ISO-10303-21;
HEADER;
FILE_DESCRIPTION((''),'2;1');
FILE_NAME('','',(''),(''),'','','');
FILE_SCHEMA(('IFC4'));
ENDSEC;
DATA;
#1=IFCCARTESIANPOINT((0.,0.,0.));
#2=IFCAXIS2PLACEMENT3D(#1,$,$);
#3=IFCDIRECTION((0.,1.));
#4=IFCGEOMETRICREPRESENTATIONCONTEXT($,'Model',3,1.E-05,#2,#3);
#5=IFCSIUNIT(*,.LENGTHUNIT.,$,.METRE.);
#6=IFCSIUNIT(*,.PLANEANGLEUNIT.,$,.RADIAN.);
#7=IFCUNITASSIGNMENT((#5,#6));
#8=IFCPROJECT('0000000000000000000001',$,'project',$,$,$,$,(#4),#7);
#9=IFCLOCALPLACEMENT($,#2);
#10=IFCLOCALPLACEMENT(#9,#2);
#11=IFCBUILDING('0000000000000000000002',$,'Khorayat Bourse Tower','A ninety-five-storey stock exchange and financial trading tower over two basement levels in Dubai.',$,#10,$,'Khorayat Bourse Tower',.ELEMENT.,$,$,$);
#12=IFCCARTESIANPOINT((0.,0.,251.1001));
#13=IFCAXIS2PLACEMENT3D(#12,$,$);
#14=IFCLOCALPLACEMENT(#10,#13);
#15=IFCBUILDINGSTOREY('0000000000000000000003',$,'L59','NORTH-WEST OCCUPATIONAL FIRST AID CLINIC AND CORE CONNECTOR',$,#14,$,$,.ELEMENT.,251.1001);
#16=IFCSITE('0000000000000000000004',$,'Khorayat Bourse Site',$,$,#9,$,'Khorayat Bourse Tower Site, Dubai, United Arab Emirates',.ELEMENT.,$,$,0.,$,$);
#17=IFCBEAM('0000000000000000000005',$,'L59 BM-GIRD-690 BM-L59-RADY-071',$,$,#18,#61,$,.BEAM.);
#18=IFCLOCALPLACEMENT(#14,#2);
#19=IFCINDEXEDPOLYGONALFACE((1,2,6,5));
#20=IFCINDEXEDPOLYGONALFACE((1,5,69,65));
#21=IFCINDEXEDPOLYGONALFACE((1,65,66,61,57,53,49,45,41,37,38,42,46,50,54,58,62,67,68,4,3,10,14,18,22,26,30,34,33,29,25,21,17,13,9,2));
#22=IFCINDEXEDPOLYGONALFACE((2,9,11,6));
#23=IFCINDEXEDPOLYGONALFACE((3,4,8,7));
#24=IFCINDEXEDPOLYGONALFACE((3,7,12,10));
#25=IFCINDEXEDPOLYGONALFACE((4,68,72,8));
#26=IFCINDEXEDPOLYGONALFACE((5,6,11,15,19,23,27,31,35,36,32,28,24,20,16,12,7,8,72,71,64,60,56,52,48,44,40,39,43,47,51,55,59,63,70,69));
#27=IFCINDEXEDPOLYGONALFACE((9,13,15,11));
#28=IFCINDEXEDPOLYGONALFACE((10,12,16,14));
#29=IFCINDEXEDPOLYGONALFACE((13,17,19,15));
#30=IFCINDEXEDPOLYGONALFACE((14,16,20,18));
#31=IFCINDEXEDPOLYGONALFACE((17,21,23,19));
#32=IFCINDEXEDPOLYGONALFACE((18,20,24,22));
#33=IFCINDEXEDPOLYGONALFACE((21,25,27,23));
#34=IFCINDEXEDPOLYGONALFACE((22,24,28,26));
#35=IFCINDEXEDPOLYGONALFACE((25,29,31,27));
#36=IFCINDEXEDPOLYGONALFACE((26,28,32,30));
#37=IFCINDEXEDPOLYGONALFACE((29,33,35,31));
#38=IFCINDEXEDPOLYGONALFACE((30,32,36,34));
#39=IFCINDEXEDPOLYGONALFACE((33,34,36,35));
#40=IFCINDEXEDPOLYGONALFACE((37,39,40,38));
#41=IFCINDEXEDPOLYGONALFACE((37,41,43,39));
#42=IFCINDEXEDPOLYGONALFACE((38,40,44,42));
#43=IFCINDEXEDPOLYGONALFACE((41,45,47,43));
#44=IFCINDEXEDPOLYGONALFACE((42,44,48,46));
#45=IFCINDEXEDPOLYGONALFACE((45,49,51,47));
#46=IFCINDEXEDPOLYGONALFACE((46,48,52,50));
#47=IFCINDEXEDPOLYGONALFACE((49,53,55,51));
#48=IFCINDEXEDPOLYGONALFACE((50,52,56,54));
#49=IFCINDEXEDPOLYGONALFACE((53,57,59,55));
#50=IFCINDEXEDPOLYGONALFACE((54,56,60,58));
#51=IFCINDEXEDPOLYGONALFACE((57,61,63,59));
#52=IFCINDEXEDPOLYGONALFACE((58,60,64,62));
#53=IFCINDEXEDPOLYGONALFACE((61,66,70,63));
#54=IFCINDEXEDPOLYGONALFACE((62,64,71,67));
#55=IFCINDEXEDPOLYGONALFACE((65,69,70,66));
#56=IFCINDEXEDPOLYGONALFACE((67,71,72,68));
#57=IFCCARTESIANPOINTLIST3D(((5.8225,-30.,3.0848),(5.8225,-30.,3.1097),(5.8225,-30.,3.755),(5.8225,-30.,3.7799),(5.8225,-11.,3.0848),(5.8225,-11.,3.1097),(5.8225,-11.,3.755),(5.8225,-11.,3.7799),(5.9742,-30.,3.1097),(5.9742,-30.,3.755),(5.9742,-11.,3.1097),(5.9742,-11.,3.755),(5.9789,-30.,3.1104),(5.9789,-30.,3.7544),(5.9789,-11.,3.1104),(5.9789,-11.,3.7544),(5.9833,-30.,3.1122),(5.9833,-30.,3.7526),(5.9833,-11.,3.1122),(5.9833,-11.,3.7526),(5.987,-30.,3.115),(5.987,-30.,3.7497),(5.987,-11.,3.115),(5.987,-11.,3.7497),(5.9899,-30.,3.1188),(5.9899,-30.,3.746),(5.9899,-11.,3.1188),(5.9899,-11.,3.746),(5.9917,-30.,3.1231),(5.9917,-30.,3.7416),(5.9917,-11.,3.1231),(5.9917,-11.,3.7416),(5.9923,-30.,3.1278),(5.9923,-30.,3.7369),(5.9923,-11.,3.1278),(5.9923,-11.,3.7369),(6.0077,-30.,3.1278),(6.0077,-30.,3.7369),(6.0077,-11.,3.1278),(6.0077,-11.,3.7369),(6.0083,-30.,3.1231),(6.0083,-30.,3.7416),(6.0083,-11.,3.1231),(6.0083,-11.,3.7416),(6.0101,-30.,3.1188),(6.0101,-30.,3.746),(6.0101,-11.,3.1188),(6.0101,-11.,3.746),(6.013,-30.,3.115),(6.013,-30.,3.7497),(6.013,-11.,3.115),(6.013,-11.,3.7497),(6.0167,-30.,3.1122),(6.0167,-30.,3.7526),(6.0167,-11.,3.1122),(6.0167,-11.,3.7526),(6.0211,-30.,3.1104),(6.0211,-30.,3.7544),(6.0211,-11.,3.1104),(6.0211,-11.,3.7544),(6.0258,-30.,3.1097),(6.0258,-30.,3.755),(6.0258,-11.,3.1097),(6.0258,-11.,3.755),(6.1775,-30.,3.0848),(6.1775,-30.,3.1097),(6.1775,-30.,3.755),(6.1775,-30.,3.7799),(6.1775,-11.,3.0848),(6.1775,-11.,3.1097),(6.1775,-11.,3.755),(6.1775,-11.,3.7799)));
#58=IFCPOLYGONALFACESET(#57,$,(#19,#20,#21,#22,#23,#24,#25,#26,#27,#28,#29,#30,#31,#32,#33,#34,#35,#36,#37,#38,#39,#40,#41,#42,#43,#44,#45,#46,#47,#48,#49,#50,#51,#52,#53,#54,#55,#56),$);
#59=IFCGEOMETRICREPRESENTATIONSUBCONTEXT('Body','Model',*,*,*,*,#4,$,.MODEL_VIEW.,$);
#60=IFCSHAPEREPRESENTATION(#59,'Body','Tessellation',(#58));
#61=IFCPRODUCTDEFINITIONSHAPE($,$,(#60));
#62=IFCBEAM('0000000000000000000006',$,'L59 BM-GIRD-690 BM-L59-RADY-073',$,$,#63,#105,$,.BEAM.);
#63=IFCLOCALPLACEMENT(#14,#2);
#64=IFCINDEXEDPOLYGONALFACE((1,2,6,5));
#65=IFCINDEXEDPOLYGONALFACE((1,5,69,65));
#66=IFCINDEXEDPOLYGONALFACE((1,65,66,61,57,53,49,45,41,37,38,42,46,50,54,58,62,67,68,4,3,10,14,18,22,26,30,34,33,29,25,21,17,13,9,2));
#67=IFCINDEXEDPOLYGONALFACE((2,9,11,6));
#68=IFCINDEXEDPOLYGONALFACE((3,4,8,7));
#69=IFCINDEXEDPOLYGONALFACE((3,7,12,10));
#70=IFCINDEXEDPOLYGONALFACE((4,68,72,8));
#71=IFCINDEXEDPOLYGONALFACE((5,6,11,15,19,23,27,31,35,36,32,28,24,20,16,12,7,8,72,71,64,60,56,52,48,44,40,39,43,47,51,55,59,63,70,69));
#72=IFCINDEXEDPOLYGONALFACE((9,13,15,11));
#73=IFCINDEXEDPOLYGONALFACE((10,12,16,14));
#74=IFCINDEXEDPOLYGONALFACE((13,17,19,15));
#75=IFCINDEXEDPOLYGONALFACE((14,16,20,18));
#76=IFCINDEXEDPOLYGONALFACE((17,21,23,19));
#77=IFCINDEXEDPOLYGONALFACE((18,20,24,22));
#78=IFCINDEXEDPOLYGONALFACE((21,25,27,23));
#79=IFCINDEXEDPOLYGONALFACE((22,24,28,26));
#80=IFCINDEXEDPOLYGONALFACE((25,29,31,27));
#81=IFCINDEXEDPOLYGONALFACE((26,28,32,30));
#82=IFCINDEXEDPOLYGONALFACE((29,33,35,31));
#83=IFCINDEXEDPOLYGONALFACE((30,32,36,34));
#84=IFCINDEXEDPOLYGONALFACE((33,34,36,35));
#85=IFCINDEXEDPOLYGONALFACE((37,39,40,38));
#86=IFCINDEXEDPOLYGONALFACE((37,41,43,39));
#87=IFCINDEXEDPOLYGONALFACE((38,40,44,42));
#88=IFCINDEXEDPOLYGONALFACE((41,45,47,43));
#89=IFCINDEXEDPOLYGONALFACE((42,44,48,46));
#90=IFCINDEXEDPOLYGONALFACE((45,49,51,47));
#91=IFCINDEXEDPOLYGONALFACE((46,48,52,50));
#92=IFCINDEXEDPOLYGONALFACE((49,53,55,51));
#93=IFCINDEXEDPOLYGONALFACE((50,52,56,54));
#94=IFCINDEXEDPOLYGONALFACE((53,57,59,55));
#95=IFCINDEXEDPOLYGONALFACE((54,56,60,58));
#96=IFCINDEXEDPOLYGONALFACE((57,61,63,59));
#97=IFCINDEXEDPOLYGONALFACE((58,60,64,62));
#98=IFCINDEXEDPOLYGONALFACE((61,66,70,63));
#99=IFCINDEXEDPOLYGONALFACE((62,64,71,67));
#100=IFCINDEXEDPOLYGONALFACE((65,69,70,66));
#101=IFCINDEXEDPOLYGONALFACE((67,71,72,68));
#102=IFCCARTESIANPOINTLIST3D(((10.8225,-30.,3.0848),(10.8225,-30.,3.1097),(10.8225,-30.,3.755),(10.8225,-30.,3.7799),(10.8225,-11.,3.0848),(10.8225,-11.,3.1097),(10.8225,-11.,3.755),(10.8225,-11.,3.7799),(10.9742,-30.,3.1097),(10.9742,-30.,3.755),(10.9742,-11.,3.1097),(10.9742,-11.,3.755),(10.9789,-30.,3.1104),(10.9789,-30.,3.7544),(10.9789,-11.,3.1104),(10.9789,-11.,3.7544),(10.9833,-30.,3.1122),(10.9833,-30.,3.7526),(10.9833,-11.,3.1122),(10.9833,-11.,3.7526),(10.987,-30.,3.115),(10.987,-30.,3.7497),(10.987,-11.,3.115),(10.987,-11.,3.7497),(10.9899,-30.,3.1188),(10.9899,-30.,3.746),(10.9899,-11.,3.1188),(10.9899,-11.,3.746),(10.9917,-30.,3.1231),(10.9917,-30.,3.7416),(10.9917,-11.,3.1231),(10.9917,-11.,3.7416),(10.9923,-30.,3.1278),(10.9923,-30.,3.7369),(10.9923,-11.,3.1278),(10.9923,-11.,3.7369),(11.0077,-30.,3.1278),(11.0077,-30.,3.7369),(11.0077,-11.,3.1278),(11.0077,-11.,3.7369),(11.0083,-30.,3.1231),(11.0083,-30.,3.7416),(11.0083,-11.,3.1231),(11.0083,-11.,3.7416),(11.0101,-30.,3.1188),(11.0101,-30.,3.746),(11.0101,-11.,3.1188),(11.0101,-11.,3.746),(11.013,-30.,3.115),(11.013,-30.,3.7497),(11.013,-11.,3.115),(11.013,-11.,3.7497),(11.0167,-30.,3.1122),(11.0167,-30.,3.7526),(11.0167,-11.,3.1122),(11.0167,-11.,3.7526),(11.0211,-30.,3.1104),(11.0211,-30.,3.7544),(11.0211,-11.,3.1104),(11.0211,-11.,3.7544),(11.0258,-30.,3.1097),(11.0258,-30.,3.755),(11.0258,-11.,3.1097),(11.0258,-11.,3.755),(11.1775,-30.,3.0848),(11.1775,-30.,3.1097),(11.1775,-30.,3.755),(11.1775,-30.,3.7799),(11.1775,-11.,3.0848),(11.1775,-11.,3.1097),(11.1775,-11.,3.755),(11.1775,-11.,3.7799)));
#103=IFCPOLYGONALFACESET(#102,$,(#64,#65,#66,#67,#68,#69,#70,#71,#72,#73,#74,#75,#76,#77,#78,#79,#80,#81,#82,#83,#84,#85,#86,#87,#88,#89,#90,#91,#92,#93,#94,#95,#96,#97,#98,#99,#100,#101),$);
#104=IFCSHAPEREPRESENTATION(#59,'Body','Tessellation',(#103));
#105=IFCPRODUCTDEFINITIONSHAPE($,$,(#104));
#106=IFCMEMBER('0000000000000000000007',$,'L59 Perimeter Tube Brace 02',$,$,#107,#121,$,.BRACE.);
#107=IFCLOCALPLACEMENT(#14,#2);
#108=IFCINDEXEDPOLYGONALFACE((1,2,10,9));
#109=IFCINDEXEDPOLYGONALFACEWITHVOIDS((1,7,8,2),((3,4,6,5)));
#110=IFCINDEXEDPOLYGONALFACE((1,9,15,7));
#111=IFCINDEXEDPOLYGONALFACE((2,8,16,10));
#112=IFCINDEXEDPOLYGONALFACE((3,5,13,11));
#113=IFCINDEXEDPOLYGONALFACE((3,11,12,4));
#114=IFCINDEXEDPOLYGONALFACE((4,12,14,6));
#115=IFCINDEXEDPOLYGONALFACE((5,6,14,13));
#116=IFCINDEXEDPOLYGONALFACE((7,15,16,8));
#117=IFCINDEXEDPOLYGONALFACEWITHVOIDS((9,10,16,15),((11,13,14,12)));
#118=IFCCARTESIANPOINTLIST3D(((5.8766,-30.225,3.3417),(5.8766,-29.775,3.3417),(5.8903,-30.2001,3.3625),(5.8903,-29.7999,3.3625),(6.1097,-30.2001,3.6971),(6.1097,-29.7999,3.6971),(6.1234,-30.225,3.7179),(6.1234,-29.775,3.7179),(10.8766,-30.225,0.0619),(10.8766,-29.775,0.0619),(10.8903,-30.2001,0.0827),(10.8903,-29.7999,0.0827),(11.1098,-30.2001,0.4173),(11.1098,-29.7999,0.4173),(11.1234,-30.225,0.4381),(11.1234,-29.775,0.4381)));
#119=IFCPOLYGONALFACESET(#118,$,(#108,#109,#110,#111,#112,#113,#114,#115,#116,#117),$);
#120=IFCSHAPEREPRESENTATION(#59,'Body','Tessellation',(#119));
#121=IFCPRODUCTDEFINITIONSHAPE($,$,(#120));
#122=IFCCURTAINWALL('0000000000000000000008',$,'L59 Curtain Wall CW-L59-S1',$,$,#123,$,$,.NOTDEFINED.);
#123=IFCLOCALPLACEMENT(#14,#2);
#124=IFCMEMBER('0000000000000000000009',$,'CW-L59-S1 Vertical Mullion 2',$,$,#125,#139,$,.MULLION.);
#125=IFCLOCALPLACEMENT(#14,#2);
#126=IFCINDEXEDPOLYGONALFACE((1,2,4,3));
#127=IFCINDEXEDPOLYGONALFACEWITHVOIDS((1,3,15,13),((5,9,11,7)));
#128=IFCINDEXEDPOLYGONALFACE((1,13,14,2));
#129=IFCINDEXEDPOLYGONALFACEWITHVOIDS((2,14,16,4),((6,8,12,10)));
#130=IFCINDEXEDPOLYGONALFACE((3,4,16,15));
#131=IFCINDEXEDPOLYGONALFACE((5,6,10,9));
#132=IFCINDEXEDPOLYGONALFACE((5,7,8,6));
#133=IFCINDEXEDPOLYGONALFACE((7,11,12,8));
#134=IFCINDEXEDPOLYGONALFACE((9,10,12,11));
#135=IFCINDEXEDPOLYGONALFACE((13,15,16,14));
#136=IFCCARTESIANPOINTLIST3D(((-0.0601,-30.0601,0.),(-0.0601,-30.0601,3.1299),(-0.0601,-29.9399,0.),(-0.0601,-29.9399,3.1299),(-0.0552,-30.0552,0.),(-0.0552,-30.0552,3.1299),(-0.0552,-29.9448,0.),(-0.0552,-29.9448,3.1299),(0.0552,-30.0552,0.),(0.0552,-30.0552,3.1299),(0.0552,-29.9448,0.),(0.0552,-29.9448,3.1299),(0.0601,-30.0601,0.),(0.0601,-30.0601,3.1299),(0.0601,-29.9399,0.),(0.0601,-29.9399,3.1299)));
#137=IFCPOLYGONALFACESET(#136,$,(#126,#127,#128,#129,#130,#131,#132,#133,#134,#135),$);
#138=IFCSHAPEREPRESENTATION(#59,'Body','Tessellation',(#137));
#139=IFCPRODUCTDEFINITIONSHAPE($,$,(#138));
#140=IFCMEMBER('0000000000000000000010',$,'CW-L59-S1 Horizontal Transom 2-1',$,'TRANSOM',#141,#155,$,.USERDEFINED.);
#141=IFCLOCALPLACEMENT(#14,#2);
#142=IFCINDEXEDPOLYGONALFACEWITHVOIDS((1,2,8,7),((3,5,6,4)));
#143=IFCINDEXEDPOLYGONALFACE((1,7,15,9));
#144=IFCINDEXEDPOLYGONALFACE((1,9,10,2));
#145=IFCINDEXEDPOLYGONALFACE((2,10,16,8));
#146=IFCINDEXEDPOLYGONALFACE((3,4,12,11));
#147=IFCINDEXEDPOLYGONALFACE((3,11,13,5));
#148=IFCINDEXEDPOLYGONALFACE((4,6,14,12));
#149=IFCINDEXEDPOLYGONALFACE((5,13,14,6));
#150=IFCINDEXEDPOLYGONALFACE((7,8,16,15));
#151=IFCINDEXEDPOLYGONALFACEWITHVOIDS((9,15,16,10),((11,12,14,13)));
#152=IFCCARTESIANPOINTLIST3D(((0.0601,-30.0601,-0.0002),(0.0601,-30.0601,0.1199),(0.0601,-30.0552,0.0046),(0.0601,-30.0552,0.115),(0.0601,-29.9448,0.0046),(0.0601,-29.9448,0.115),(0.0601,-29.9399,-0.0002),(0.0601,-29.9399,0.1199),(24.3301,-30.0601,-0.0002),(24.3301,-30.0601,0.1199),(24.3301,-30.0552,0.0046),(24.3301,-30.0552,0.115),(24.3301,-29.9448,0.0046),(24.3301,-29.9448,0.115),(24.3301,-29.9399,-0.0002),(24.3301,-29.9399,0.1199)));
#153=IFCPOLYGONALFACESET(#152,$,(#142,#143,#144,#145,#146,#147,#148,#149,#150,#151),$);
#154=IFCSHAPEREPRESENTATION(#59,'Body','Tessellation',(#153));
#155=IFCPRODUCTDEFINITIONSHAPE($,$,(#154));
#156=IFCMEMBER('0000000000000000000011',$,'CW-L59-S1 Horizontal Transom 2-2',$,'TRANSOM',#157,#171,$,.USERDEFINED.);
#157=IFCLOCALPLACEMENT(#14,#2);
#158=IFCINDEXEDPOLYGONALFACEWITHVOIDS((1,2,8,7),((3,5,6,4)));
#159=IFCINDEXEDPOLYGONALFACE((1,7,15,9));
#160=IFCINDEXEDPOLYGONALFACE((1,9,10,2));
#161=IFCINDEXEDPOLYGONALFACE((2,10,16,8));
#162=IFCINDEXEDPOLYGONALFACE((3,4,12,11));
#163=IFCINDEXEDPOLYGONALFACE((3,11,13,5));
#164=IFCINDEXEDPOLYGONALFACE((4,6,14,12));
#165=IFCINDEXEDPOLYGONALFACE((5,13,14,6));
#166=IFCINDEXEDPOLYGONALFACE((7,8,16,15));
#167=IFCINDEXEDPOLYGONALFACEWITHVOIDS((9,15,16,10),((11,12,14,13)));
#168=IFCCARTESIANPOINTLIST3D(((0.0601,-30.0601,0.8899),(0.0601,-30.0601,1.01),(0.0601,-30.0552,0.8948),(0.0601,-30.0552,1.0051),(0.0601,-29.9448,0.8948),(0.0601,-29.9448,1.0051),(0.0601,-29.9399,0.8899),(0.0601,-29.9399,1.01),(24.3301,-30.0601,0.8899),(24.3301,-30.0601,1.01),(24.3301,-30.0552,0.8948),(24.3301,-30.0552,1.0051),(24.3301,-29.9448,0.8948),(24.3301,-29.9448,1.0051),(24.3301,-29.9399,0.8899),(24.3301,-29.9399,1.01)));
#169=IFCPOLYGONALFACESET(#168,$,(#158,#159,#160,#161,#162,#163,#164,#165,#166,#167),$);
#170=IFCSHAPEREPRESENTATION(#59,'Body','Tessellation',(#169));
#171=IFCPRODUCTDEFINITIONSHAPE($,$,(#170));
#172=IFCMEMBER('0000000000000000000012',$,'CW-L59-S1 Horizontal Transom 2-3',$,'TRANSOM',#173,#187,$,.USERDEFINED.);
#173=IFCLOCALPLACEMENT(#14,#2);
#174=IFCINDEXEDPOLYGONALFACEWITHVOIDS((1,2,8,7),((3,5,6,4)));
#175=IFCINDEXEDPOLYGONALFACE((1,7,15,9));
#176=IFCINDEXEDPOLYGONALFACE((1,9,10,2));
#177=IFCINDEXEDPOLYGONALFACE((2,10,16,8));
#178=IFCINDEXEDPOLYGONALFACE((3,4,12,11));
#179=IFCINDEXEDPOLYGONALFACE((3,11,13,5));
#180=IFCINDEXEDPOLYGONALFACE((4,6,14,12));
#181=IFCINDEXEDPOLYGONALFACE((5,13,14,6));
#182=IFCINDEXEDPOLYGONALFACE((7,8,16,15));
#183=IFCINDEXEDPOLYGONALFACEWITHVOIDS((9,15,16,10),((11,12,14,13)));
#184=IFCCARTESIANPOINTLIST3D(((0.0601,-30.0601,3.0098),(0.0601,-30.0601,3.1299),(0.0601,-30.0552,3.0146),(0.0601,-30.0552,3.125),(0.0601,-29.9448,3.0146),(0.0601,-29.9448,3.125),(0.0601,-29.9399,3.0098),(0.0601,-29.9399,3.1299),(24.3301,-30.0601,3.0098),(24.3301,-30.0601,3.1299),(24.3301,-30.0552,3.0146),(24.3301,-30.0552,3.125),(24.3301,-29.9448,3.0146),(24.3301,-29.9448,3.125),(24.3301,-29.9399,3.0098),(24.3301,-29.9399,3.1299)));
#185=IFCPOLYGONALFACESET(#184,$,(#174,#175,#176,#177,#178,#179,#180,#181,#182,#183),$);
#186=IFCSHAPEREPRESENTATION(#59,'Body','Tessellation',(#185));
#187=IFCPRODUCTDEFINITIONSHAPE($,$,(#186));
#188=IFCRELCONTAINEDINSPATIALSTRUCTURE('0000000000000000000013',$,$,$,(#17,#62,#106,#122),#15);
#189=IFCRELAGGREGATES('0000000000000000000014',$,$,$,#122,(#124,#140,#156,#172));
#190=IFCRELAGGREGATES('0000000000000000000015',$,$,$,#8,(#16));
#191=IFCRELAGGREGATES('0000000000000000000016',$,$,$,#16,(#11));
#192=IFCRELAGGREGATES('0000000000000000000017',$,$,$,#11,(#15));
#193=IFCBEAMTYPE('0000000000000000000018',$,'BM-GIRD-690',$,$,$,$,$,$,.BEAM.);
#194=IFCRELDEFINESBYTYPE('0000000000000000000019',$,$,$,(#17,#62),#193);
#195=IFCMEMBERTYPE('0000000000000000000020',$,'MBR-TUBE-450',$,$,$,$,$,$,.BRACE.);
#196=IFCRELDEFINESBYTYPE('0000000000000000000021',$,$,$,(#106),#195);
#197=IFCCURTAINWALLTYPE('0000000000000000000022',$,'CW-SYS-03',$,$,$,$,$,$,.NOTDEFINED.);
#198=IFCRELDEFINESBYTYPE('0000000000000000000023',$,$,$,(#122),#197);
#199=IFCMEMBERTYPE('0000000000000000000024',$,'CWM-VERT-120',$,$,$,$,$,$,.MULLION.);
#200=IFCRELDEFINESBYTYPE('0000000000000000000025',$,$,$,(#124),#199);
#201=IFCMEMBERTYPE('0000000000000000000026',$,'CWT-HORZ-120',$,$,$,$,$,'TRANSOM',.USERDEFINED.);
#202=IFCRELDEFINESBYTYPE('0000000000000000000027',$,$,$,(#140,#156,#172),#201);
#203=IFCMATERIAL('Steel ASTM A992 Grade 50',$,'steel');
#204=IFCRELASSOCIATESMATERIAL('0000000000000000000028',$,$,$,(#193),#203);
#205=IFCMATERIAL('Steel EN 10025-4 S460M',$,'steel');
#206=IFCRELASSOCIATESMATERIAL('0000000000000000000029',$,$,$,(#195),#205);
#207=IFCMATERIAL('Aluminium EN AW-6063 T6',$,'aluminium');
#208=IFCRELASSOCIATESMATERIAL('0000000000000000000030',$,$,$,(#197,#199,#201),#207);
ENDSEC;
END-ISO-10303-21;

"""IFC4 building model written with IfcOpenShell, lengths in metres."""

from ifc_helpers import new_model, si_unit, direction, frame, origin, origin_2d, place, context, subcontext, project, spatial, hollow_rectangle, i_section, extrude, source, transform, mapped, material, material_profile, profile_set, type_object, element, aggregate, save


model = new_model("IFC4")

# Units and contexts
model_context = context("Model", 3, precision=1e-05, world=origin(), true_north=direction((0.0, 1.0)))
body_context = subcontext(model_context, "Body", "Model", "MODEL_VIEW")
ifc_project = project(units=[si_unit("LENGTHUNIT", "METRE"), si_unit("PLANEANGLEUNIT", "RADIAN")], contexts=[model_context])

# Site, building, storey
site_placement = place(None, origin())
site = spatial("IfcSite", under=ifc_project, at=site_placement, Name="Khorayat Bourse Site", LongName="Khorayat Bourse Tower Site, Dubai, United Arab Emirates", CompositionType="ELEMENT", RefElevation=0.0)
building_placement = place(site_placement, origin())
building = spatial("IfcBuilding", under=site, at=building_placement, Name="Khorayat Bourse Tower", Description="A ninety-five-storey stock exchange and financial trading tower over two basement levels in Dubai.", LongName="Khorayat Bourse Tower", CompositionType="ELEMENT")
storey_placement = place(building_placement, frame((0.0, 0.0, 251.1001)))
storey = spatial("IfcBuildingStorey", under=building, at=storey_placement, Name="L59", Description="NORTH-WEST OCCUPATIONAL FIRST AID CLINIC AND CORE CONNECTOR", CompositionType="ELEMENT", Elevation=251.1001)

# Shared definitions
ifc_material_1 = material(Name="Steel EN 10025-4 S460M", Category="steel")

# Beams
ifc_material_2 = material(Name="Steel ASTM A992 Grade 50", Category="steel")
ifc_material_profile_1 = material_profile(ifc_material_2, i_section(OverallWidth=0.355, OverallDepth=0.6951, WebThickness=0.0154, FlangeThickness=0.0249, FilletRadius=0.0181, at=origin_2d()), Name="W690X217")
ifc_profile_set_1 = profile_set([ifc_material_profile_1], Name="Steel ASTM A992 Grade 50")
beam_type_1 = type_object("IfcBeamType", Name="BM-GIRD-690", PredefinedType="BEAM", material=ifc_profile_set_1)
shared_shape_1 = source(origin(), body_context, "Body", "SweptSolid", [
    extrude(i_section(OverallWidth=0.355, OverallDepth=0.6951, WebThickness=0.0154, FlangeThickness=0.0249, FilletRadius=0.0181, at=origin_2d()), origin(), (0.0, 0.0, 1.0), 19.0),
])
for number, where, z_axis, x_axis, name in (
    (1, (6.0, -30.0, 3.4324), (0.0, 1.0, 0.0), (-1.0, 0.0, 0.0), "L59 BM-GIRD-690 BM-L59-RADY-071"),
    (2, (11.0, -30.0, 3.4324), (0.0, 1.0, 0.0), (-1.0, 0.0, 0.0), "L59 BM-GIRD-690 BM-L59-RADY-073"),
):
    element("IfcBeam", number, at=place(storey_placement, frame(where, z_axis=z_axis, x_axis=x_axis)), inside=storey, type_object=beam_type_1, Name=name, PredefinedType="BEAM", context=body_context, shape_type="MappedRepresentation", body=[
        mapped(shared_shape_1, transform((0.0, 0.0, 0.0), scale=1.0)),
    ])

# Member
ifc_material_profile_2 = material_profile(ifc_material_1, hollow_rectangle(XDim=0.45, YDim=0.45, WallThickness=0.0249, at=origin_2d()), Name="HSS 450x450x25")
ifc_profile_set_2 = profile_set([ifc_material_profile_2], Name="Steel EN 10025-4 S460M")
member_type_1 = type_object("IfcMemberType", Name="MBR-TUBE-450", PredefinedType="BRACE", material=ifc_profile_set_2)
shared_shape_2 = source(origin(), body_context, "Body", "SweptSolid", [
    extrude(hollow_rectangle(XDim=0.45, YDim=0.45, WallThickness=0.0249, at=origin_2d()), origin(), (0.0, 0.0, 1.0), 5.9797),
])
member_1_placement = place(storey_placement, frame((6.0, -30.0, 3.5298), z_axis=(0.83616, 0.0, -0.548485), x_axis=(0.0, 1.0, 0.0)))
element("IfcMember", 3, at=member_1_placement, inside=storey, type_object=member_type_1, Name="L59 Perimeter Tube Brace 02", PredefinedType="BRACE", context=body_context, shape_type="MappedRepresentation", body=[
    mapped(shared_shape_2, transform((0.0, 0.0, 0.0), scale=1.0)),
])

# Curtain wall, members
ifc_material_3 = material(Name="Aluminium EN AW-6063 T6", Category="aluminium")
curtain_wall_type = type_object("IfcCurtainWallType", Name="CW-SYS-03", PredefinedType="NOTDEFINED", material=ifc_material_3)
curtain_wall_placement = place(storey_placement, origin())
curtain_wall = element("IfcCurtainWall", 4, at=curtain_wall_placement, inside=storey, type_object=curtain_wall_type, Name="L59 Curtain Wall CW-L59-S1", PredefinedType="NOTDEFINED")
ifc_material_profile_3 = material_profile(ifc_material_3, hollow_rectangle(XDim=0.1201, YDim=0.1201, WallThickness=0.0049, at=origin_2d()), Name="ALU 120x120x5")
ifc_profile_set_3 = profile_set([ifc_material_profile_3], Name="Aluminium EN AW-6063 T6")
member_type_2 = type_object("IfcMemberType", Name="CWM-VERT-120", PredefinedType="MULLION", material=ifc_profile_set_3)
shared_shape_3 = source(origin(), body_context, "Body", "SweptSolid", [
    extrude(hollow_rectangle(XDim=0.1201, YDim=0.1201, WallThickness=0.0049, at=origin_2d()), origin(), (0.0, 0.0, 1.0), 3.1299),
])
member_2_placement = place(storey_placement, frame((0.0, -30.0, 0.0), z_axis=(0.0, 0.0, 1.0), x_axis=(0.0, 1.0, 0.0)))
member_2 = element("IfcMember", 5, at=member_2_placement, type_object=member_type_2, Name="CW-L59-S1 Vertical Mullion 2", PredefinedType="MULLION", context=body_context, shape_type="MappedRepresentation", body=[
    mapped(shared_shape_3, transform((0.0, 0.0, 0.0), scale=1.0)),
])
ifc_material_profile_4 = material_profile(ifc_material_3, hollow_rectangle(XDim=0.1201, YDim=0.1201, WallThickness=0.0049, at=origin_2d()), Name="ALU 120x120x5")
ifc_profile_set_4 = profile_set([ifc_material_profile_4], Name="Aluminium EN AW-6063 T6")
member_type_3 = type_object("IfcMemberType", Name="CWT-HORZ-120", ElementType="TRANSOM", PredefinedType="USERDEFINED", material=ifc_profile_set_4)
shared_shape_4 = source(origin(), body_context, "Body", "SweptSolid", [
    extrude(hollow_rectangle(XDim=0.1201, YDim=0.1201, WallThickness=0.0049, at=origin_2d()), origin(), (0.0, 0.0, 1.0), 24.27),
])
member_3_placement = place(storey_placement, frame((0.0601, -30.0, 0.0598), z_axis=(1.0, 0.0, 0.0), x_axis=(0.0, 1.0, 0.0)))
member_3 = element("IfcMember", 6, at=member_3_placement, type_object=member_type_3, Name="CW-L59-S1 Horizontal Transom 2-1", ObjectType="TRANSOM", PredefinedType="USERDEFINED", context=body_context, shape_type="MappedRepresentation", body=[
    mapped(shared_shape_4, transform((0.0, 0.0, 0.0), scale=1.0)),
])
member_4_placement = place(storey_placement, frame((0.0601, -30.0, 0.95), z_axis=(1.0, 0.0, 0.0), x_axis=(0.0, 1.0, 0.0)))
member_4 = element("IfcMember", 7, at=member_4_placement, type_object=member_type_3, Name="CW-L59-S1 Horizontal Transom 2-2", ObjectType="TRANSOM", PredefinedType="USERDEFINED", context=body_context, shape_type="MappedRepresentation", body=[
    mapped(shared_shape_4, transform((0.0, 0.0, 0.0), scale=1.0)),
])
member_5_placement = place(storey_placement, frame((0.0601, -30.0, 3.0698), z_axis=(1.0, 0.0, 0.0), x_axis=(0.0, 1.0, 0.0)))
member_5 = element("IfcMember", 8, at=member_5_placement, type_object=member_type_3, Name="CW-L59-S1 Horizontal Transom 2-3", ObjectType="TRANSOM", PredefinedType="USERDEFINED", context=body_context, shape_type="MappedRepresentation", body=[
    mapped(shared_shape_4, transform((0.0, 0.0, 0.0), scale=1.0)),
])
aggregate(curtain_wall, [member_2, member_3, member_4, member_5])

save(model, "model.ifc")
